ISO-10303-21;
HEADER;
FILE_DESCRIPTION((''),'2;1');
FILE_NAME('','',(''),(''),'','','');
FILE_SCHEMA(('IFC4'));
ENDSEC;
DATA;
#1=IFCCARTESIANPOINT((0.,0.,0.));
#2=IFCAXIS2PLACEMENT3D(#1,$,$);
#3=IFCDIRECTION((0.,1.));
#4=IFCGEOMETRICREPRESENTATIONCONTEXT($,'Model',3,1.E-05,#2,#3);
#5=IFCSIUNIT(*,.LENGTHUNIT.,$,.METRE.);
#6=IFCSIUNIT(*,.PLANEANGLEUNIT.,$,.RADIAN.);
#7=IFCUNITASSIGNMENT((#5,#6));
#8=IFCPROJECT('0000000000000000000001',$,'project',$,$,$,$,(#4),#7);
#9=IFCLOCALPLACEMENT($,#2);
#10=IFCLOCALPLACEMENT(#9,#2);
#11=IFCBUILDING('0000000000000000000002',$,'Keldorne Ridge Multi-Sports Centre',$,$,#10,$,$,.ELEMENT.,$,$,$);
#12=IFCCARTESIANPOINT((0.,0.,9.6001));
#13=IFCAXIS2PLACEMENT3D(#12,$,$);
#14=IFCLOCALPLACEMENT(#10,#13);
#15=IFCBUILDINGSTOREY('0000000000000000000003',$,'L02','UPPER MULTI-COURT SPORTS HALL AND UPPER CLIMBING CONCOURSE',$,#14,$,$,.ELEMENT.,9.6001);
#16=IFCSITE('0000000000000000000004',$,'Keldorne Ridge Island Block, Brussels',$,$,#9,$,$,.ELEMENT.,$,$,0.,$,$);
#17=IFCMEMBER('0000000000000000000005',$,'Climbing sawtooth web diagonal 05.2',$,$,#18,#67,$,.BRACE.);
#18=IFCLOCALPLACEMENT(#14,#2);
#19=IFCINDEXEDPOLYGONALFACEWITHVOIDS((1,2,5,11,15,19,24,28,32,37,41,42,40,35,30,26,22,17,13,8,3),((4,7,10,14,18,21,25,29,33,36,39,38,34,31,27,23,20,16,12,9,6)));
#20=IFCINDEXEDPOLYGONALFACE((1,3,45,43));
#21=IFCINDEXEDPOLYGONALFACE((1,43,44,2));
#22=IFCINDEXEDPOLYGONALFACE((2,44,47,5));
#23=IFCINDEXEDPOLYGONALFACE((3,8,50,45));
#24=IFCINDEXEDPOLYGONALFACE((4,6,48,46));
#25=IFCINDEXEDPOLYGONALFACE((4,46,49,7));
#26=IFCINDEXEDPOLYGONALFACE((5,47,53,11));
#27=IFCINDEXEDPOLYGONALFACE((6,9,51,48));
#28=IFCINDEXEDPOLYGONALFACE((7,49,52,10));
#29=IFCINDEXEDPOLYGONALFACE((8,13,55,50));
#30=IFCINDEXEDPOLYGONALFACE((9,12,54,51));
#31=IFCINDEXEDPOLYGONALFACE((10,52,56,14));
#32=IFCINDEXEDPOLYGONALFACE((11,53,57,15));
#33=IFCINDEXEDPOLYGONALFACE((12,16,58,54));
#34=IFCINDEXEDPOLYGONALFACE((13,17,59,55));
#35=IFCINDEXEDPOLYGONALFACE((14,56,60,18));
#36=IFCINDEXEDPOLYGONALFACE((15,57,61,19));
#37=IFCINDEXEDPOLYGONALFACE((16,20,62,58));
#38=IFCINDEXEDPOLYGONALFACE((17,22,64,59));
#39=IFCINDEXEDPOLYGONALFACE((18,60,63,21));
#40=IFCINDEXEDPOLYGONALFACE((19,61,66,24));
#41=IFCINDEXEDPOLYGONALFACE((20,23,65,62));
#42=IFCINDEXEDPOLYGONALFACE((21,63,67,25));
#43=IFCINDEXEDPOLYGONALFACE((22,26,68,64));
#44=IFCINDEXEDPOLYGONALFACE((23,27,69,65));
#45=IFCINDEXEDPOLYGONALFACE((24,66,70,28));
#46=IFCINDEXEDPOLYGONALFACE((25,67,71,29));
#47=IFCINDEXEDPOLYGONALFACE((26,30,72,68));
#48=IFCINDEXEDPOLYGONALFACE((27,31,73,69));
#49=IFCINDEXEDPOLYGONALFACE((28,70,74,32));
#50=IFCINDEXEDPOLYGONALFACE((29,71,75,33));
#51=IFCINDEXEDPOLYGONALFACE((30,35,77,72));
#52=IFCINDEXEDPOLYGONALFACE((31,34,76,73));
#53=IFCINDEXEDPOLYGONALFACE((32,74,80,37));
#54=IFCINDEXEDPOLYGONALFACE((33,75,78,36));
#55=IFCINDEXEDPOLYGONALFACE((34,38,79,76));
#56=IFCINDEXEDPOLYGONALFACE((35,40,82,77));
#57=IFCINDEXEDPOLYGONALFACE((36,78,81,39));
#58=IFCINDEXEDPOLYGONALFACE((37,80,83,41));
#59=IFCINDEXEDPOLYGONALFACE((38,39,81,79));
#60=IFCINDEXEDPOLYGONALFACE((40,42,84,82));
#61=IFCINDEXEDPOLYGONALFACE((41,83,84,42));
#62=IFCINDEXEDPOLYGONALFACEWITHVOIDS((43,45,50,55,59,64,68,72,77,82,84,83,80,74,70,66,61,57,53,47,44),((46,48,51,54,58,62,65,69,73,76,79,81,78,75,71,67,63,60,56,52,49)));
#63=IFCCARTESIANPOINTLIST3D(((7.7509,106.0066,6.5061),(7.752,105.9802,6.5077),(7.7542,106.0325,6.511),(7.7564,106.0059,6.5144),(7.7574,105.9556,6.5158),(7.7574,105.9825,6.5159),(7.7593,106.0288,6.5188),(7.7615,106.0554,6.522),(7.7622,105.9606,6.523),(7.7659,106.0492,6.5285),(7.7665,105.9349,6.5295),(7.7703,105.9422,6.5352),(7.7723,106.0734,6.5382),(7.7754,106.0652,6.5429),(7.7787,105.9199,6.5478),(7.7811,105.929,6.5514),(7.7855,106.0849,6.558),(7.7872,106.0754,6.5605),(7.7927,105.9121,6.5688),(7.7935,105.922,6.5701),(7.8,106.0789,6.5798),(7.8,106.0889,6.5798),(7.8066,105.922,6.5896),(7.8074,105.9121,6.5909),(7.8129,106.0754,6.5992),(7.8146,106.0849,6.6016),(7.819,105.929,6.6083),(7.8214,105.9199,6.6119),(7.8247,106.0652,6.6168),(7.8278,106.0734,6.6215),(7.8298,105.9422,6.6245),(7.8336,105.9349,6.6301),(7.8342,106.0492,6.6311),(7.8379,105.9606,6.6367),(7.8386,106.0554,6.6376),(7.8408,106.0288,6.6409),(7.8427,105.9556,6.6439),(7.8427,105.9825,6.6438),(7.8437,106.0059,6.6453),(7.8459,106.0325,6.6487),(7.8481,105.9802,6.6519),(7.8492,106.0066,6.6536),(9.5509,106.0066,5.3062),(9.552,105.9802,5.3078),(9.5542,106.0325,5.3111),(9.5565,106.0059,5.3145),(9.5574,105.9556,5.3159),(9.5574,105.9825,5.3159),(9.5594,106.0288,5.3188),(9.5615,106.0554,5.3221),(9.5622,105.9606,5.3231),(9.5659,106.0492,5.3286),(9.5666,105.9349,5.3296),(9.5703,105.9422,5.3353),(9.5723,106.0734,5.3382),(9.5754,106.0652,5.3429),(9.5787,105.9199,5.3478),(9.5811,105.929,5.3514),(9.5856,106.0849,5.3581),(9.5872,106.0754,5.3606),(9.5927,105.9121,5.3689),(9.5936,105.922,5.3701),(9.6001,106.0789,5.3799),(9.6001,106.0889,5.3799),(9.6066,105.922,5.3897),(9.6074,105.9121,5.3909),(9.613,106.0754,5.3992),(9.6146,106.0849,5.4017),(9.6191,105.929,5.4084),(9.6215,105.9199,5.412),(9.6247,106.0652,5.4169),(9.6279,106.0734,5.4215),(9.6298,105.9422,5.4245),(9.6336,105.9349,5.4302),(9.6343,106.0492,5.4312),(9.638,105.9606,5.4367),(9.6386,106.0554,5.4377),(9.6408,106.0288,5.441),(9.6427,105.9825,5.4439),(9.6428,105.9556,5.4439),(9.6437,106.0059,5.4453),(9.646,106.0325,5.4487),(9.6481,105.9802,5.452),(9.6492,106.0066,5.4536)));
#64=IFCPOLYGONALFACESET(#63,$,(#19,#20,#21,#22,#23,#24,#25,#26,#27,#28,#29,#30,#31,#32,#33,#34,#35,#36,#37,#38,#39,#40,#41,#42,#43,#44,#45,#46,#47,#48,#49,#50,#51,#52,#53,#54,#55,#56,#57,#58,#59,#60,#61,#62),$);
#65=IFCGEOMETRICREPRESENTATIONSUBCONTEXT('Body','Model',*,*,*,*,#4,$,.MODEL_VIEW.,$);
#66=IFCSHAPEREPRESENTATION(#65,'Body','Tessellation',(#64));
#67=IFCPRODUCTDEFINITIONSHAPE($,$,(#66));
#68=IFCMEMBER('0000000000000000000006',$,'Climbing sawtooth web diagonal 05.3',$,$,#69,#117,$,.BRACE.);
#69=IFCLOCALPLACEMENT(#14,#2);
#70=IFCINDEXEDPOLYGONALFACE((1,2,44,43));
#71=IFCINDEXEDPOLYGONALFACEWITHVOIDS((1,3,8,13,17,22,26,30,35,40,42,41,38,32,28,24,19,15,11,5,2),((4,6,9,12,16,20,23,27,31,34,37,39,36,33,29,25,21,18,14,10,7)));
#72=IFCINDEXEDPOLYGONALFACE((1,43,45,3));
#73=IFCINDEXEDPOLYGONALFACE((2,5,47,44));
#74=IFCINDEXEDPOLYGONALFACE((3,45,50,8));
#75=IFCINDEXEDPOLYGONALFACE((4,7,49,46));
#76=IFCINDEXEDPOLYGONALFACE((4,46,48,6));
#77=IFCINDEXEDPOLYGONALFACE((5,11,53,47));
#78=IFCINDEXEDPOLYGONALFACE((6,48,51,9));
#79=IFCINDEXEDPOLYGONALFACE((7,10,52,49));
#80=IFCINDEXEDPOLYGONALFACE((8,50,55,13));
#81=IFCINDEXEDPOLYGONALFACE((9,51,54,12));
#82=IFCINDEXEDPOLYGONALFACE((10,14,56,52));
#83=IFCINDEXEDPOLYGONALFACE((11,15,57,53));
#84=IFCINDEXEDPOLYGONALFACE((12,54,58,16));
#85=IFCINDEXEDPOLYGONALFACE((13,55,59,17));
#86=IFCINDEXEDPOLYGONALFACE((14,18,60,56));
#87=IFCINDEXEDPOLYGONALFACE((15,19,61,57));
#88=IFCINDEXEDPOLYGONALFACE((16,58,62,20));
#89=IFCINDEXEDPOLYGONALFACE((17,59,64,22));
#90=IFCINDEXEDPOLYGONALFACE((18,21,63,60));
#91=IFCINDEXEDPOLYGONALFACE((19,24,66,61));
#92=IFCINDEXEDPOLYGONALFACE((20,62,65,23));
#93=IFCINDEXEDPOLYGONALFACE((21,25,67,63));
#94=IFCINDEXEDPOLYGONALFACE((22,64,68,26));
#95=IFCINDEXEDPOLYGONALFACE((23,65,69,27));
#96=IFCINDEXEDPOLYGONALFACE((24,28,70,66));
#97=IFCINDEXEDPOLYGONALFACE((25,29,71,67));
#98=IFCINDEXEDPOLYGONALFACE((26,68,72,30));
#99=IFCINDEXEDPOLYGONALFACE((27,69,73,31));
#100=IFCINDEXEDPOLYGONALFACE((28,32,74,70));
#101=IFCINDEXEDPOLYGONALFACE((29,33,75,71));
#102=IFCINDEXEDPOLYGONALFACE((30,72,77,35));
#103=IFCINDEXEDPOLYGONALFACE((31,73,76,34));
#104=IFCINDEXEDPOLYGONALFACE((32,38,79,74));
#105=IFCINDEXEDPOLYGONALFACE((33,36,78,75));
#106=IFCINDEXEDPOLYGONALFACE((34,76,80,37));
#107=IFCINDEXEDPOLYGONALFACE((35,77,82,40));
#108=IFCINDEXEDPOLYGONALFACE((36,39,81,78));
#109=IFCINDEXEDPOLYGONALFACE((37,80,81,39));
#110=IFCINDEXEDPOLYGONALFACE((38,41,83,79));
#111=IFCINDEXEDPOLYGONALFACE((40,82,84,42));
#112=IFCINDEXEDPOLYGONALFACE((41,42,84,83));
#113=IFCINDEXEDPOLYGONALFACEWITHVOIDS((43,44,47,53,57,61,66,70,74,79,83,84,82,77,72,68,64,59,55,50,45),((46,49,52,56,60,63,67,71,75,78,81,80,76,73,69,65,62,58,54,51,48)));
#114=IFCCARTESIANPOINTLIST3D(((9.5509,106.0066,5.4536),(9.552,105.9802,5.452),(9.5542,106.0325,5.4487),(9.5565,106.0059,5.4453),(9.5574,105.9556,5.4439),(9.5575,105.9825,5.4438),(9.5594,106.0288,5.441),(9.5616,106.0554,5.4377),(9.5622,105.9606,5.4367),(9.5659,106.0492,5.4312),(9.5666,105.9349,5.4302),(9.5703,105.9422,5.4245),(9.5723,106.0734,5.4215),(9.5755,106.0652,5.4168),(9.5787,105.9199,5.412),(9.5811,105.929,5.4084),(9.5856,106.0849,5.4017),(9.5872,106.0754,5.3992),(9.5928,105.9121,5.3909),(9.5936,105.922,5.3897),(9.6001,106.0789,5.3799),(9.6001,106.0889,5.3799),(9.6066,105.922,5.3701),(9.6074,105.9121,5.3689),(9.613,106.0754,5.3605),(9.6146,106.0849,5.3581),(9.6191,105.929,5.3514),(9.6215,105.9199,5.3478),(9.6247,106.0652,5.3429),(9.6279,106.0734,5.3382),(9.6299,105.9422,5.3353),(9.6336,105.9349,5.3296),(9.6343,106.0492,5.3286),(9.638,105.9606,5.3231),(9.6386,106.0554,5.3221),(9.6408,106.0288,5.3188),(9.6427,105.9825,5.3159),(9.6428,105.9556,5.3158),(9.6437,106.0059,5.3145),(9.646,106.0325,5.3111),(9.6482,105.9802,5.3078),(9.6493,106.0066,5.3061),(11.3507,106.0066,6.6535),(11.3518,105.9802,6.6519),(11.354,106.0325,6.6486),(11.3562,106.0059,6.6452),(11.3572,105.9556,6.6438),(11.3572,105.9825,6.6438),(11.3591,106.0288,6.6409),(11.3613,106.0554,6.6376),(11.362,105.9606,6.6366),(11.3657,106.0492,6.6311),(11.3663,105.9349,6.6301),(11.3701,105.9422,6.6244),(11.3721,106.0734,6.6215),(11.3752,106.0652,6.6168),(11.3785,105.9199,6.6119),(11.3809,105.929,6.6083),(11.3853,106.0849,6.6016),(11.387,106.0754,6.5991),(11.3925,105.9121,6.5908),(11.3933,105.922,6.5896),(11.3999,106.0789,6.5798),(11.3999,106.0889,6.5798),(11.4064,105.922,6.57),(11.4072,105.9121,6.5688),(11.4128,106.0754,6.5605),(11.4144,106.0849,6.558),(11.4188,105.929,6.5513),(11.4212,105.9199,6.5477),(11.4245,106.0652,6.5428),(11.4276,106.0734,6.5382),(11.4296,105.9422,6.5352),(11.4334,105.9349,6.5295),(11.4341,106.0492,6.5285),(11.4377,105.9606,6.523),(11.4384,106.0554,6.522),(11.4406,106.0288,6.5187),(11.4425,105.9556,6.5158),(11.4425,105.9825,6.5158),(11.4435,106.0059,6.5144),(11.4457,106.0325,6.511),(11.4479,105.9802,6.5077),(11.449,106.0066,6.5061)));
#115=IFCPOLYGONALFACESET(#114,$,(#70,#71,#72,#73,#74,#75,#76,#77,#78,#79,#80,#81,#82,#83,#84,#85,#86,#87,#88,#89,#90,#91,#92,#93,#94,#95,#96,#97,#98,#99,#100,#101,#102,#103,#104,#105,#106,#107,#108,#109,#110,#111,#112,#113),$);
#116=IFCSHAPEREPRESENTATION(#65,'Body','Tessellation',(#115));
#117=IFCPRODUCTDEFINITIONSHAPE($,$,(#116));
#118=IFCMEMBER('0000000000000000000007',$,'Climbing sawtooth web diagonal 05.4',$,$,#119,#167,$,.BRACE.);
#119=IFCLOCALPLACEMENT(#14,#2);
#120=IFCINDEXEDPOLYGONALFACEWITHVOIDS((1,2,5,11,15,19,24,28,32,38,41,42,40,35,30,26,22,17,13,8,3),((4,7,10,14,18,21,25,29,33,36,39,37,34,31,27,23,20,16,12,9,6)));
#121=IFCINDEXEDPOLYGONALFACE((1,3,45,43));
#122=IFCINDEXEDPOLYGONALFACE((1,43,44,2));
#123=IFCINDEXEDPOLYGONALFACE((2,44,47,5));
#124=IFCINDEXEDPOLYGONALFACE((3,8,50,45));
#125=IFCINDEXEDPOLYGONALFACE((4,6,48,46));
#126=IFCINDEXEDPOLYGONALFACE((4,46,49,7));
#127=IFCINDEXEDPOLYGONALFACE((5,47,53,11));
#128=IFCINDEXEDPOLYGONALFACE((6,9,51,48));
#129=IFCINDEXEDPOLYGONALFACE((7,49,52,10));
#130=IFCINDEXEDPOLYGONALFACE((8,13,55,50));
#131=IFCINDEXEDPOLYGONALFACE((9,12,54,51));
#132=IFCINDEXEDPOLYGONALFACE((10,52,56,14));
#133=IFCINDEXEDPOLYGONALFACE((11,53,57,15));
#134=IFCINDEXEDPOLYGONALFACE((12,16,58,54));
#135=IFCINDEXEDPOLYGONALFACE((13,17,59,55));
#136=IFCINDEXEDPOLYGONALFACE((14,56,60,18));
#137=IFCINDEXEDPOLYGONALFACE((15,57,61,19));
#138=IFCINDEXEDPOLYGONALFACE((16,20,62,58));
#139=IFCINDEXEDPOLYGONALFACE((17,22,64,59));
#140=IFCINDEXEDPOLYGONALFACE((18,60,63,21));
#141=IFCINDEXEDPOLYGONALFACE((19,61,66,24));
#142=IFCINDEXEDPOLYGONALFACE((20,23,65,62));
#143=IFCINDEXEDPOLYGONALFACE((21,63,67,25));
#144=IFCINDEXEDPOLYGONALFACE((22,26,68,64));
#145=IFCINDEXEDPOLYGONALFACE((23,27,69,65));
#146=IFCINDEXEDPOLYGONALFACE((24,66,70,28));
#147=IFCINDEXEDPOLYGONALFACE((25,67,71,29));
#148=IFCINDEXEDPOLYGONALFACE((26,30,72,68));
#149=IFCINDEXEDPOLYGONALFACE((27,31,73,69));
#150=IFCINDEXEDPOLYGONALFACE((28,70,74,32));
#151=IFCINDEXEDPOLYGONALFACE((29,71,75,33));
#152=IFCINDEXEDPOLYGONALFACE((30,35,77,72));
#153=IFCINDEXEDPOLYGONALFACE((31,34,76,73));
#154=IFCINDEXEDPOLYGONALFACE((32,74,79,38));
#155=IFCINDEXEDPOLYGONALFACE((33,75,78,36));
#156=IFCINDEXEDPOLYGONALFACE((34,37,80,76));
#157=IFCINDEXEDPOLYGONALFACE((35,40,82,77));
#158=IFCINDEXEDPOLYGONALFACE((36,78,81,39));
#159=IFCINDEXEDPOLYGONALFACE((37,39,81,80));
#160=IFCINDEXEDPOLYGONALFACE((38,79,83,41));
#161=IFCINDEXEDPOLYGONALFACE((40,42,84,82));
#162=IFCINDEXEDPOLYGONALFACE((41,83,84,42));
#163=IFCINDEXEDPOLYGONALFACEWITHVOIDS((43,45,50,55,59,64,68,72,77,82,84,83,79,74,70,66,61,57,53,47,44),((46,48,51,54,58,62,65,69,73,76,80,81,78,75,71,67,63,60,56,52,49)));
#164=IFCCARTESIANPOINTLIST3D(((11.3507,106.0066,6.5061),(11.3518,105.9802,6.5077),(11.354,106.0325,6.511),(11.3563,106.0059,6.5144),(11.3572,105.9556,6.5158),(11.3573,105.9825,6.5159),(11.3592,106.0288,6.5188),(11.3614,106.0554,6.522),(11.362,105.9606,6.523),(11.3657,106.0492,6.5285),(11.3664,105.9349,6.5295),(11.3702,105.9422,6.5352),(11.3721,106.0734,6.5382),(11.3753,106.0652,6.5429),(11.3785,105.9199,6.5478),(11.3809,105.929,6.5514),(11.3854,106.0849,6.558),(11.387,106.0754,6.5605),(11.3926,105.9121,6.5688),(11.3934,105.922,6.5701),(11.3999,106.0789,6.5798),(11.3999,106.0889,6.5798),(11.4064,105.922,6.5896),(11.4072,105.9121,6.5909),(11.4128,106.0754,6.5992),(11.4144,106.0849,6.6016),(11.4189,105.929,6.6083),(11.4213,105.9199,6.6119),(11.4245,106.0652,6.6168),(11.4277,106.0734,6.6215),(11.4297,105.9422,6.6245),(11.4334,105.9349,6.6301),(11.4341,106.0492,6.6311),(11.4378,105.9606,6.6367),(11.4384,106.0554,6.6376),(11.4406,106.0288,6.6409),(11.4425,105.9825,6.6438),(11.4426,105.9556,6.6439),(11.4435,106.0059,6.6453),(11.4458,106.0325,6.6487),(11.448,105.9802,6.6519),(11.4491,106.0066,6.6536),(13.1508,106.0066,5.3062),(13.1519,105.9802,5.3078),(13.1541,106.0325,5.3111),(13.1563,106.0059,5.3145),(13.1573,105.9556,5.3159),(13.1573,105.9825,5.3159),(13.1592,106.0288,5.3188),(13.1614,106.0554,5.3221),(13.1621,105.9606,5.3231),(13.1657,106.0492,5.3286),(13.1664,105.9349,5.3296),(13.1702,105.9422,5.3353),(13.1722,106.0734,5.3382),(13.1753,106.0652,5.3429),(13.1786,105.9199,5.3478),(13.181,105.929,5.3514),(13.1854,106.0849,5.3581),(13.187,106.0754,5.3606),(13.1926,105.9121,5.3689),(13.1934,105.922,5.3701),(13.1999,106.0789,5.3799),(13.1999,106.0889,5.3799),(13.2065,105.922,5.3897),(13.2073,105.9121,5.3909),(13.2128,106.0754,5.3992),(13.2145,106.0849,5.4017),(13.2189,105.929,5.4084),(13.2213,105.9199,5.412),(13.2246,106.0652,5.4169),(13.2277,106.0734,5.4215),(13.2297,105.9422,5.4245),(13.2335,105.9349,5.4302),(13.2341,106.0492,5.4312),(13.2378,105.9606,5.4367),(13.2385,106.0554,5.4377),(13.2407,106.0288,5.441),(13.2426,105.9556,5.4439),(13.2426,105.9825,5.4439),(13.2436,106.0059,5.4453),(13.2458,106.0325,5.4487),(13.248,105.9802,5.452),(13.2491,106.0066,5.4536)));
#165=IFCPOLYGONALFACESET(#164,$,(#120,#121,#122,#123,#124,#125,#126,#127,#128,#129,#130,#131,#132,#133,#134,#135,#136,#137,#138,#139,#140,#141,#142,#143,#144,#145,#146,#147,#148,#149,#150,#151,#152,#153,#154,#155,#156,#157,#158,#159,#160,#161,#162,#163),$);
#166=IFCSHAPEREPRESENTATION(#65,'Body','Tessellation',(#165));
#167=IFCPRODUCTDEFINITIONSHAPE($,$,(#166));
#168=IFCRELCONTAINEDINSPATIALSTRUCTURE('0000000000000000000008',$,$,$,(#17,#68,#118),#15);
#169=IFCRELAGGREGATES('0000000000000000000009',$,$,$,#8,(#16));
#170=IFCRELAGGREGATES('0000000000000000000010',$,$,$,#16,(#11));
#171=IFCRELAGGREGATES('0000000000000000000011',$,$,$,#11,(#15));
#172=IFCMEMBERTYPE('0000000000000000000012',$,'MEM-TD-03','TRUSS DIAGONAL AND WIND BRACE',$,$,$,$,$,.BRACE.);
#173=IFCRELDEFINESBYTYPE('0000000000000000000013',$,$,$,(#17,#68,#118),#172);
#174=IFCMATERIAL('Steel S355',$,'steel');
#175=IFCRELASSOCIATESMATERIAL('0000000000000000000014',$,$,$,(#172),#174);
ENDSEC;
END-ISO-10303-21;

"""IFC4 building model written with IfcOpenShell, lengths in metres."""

from ifc_helpers import new_model, si_unit, direction, frame, origin, origin_2d, place, context, subcontext, project, spatial, hollow_circle, extrude, material, material_profile, profile_set, type_object, element, save


model = new_model("IFC4")

# Units and contexts
model_context = context("Model", 3, precision=1e-05, world=origin(), true_north=direction((0.0, 1.0)))
body_context = subcontext(model_context, "Body", "Model", "MODEL_VIEW")
ifc_project = project(units=[si_unit("LENGTHUNIT", "METRE"), si_unit("PLANEANGLEUNIT", "RADIAN")], contexts=[model_context])

# Site, building, storey
site_placement = place(None, origin())
site = spatial("IfcSite", under=ifc_project, at=site_placement, Name="Keldorne Ridge Island Block, Brussels", CompositionType="ELEMENT", RefElevation=0.0)
building_placement = place(site_placement, origin())
building = spatial("IfcBuilding", under=site, at=building_placement, Name="Keldorne Ridge Multi-Sports Centre", CompositionType="ELEMENT")
storey_placement = place(building_placement, frame((0.0, 0.0, 9.6001)))
storey = spatial("IfcBuildingStorey", under=building, at=storey_placement, Name="L02", Description="UPPER MULTI-COURT SPORTS HALL AND UPPER CLIMBING CONCOURSE", CompositionType="ELEMENT", Elevation=9.6001)

# Shared definitions
ifc_material_1 = material(Name="Steel S355", Category="steel")

# Members
ifc_material_profile_1 = material_profile(ifc_material_1, hollow_circle(Radius=0.0889, WallThickness=0.01, at=origin_2d()), Name="CHS 177.8x10")
ifc_profile_set_1 = profile_set([ifc_material_profile_1], Name="Steel S355")
member_type_1 = type_object("IfcMemberType", Name="MEM-TD-03", Description="TRUSS DIAGONAL AND WIND BRACE", PredefinedType="BRACE", material=ifc_profile_set_1)
for number, where, z_axis, x_axis, name in (
    (1, (7.8, 106.0, 6.5798), (0.832068, 0.0, -0.554674), (0.0, 1.0, 0.0), "Climbing sawtooth web diagonal 05.2"),
):
    element("IfcMember", number, at=place(storey_placement, frame(where, z_axis=z_axis, x_axis=x_axis)), inside=storey, type_object=member_type_1, Name=name, PredefinedType="BRACE", context=body_context, shape_type="SweptSolid", body=[
        extrude(hollow_circle(Radius=0.0889, WallThickness=0.01, at=origin_2d()), origin(), (0.0, 0.0, 1.0), 2.1633),
    ])
member_1_placement = place(storey_placement, frame((9.6001, 106.0, 5.3799), z_axis=(0.832033, 0.0, 0.554726), x_axis=(0.0, 1.0, 0.0)))
element("IfcMember", 2, at=member_1_placement, inside=storey, type_object=member_type_1, Name="Climbing sawtooth web diagonal 05.3", PredefinedType="BRACE", context=body_context, shape_type="SweptSolid", body=[
    extrude(hollow_circle(Radius=0.0889, WallThickness=0.01, at=origin_2d()), origin(), (0.0, 0.0, 1.0), 2.1631),
])
for number, where, z_axis, x_axis, name in (
    (3, (11.3999, 106.0, 6.5798), (0.832068, 0.0, -0.554674), (0.0, 1.0, 0.0), "Climbing sawtooth web diagonal 05.4"),
):
    element("IfcMember", number, at=place(storey_placement, frame(where, z_axis=z_axis, x_axis=x_axis)), inside=storey, type_object=member_type_1, Name=name, PredefinedType="BRACE", context=body_context, shape_type="SweptSolid", body=[
        extrude(hollow_circle(Radius=0.0889, WallThickness=0.01, at=origin_2d()), origin(), (0.0, 0.0, 1.0), 2.1633),
    ])

save(model, "model.ifc")
